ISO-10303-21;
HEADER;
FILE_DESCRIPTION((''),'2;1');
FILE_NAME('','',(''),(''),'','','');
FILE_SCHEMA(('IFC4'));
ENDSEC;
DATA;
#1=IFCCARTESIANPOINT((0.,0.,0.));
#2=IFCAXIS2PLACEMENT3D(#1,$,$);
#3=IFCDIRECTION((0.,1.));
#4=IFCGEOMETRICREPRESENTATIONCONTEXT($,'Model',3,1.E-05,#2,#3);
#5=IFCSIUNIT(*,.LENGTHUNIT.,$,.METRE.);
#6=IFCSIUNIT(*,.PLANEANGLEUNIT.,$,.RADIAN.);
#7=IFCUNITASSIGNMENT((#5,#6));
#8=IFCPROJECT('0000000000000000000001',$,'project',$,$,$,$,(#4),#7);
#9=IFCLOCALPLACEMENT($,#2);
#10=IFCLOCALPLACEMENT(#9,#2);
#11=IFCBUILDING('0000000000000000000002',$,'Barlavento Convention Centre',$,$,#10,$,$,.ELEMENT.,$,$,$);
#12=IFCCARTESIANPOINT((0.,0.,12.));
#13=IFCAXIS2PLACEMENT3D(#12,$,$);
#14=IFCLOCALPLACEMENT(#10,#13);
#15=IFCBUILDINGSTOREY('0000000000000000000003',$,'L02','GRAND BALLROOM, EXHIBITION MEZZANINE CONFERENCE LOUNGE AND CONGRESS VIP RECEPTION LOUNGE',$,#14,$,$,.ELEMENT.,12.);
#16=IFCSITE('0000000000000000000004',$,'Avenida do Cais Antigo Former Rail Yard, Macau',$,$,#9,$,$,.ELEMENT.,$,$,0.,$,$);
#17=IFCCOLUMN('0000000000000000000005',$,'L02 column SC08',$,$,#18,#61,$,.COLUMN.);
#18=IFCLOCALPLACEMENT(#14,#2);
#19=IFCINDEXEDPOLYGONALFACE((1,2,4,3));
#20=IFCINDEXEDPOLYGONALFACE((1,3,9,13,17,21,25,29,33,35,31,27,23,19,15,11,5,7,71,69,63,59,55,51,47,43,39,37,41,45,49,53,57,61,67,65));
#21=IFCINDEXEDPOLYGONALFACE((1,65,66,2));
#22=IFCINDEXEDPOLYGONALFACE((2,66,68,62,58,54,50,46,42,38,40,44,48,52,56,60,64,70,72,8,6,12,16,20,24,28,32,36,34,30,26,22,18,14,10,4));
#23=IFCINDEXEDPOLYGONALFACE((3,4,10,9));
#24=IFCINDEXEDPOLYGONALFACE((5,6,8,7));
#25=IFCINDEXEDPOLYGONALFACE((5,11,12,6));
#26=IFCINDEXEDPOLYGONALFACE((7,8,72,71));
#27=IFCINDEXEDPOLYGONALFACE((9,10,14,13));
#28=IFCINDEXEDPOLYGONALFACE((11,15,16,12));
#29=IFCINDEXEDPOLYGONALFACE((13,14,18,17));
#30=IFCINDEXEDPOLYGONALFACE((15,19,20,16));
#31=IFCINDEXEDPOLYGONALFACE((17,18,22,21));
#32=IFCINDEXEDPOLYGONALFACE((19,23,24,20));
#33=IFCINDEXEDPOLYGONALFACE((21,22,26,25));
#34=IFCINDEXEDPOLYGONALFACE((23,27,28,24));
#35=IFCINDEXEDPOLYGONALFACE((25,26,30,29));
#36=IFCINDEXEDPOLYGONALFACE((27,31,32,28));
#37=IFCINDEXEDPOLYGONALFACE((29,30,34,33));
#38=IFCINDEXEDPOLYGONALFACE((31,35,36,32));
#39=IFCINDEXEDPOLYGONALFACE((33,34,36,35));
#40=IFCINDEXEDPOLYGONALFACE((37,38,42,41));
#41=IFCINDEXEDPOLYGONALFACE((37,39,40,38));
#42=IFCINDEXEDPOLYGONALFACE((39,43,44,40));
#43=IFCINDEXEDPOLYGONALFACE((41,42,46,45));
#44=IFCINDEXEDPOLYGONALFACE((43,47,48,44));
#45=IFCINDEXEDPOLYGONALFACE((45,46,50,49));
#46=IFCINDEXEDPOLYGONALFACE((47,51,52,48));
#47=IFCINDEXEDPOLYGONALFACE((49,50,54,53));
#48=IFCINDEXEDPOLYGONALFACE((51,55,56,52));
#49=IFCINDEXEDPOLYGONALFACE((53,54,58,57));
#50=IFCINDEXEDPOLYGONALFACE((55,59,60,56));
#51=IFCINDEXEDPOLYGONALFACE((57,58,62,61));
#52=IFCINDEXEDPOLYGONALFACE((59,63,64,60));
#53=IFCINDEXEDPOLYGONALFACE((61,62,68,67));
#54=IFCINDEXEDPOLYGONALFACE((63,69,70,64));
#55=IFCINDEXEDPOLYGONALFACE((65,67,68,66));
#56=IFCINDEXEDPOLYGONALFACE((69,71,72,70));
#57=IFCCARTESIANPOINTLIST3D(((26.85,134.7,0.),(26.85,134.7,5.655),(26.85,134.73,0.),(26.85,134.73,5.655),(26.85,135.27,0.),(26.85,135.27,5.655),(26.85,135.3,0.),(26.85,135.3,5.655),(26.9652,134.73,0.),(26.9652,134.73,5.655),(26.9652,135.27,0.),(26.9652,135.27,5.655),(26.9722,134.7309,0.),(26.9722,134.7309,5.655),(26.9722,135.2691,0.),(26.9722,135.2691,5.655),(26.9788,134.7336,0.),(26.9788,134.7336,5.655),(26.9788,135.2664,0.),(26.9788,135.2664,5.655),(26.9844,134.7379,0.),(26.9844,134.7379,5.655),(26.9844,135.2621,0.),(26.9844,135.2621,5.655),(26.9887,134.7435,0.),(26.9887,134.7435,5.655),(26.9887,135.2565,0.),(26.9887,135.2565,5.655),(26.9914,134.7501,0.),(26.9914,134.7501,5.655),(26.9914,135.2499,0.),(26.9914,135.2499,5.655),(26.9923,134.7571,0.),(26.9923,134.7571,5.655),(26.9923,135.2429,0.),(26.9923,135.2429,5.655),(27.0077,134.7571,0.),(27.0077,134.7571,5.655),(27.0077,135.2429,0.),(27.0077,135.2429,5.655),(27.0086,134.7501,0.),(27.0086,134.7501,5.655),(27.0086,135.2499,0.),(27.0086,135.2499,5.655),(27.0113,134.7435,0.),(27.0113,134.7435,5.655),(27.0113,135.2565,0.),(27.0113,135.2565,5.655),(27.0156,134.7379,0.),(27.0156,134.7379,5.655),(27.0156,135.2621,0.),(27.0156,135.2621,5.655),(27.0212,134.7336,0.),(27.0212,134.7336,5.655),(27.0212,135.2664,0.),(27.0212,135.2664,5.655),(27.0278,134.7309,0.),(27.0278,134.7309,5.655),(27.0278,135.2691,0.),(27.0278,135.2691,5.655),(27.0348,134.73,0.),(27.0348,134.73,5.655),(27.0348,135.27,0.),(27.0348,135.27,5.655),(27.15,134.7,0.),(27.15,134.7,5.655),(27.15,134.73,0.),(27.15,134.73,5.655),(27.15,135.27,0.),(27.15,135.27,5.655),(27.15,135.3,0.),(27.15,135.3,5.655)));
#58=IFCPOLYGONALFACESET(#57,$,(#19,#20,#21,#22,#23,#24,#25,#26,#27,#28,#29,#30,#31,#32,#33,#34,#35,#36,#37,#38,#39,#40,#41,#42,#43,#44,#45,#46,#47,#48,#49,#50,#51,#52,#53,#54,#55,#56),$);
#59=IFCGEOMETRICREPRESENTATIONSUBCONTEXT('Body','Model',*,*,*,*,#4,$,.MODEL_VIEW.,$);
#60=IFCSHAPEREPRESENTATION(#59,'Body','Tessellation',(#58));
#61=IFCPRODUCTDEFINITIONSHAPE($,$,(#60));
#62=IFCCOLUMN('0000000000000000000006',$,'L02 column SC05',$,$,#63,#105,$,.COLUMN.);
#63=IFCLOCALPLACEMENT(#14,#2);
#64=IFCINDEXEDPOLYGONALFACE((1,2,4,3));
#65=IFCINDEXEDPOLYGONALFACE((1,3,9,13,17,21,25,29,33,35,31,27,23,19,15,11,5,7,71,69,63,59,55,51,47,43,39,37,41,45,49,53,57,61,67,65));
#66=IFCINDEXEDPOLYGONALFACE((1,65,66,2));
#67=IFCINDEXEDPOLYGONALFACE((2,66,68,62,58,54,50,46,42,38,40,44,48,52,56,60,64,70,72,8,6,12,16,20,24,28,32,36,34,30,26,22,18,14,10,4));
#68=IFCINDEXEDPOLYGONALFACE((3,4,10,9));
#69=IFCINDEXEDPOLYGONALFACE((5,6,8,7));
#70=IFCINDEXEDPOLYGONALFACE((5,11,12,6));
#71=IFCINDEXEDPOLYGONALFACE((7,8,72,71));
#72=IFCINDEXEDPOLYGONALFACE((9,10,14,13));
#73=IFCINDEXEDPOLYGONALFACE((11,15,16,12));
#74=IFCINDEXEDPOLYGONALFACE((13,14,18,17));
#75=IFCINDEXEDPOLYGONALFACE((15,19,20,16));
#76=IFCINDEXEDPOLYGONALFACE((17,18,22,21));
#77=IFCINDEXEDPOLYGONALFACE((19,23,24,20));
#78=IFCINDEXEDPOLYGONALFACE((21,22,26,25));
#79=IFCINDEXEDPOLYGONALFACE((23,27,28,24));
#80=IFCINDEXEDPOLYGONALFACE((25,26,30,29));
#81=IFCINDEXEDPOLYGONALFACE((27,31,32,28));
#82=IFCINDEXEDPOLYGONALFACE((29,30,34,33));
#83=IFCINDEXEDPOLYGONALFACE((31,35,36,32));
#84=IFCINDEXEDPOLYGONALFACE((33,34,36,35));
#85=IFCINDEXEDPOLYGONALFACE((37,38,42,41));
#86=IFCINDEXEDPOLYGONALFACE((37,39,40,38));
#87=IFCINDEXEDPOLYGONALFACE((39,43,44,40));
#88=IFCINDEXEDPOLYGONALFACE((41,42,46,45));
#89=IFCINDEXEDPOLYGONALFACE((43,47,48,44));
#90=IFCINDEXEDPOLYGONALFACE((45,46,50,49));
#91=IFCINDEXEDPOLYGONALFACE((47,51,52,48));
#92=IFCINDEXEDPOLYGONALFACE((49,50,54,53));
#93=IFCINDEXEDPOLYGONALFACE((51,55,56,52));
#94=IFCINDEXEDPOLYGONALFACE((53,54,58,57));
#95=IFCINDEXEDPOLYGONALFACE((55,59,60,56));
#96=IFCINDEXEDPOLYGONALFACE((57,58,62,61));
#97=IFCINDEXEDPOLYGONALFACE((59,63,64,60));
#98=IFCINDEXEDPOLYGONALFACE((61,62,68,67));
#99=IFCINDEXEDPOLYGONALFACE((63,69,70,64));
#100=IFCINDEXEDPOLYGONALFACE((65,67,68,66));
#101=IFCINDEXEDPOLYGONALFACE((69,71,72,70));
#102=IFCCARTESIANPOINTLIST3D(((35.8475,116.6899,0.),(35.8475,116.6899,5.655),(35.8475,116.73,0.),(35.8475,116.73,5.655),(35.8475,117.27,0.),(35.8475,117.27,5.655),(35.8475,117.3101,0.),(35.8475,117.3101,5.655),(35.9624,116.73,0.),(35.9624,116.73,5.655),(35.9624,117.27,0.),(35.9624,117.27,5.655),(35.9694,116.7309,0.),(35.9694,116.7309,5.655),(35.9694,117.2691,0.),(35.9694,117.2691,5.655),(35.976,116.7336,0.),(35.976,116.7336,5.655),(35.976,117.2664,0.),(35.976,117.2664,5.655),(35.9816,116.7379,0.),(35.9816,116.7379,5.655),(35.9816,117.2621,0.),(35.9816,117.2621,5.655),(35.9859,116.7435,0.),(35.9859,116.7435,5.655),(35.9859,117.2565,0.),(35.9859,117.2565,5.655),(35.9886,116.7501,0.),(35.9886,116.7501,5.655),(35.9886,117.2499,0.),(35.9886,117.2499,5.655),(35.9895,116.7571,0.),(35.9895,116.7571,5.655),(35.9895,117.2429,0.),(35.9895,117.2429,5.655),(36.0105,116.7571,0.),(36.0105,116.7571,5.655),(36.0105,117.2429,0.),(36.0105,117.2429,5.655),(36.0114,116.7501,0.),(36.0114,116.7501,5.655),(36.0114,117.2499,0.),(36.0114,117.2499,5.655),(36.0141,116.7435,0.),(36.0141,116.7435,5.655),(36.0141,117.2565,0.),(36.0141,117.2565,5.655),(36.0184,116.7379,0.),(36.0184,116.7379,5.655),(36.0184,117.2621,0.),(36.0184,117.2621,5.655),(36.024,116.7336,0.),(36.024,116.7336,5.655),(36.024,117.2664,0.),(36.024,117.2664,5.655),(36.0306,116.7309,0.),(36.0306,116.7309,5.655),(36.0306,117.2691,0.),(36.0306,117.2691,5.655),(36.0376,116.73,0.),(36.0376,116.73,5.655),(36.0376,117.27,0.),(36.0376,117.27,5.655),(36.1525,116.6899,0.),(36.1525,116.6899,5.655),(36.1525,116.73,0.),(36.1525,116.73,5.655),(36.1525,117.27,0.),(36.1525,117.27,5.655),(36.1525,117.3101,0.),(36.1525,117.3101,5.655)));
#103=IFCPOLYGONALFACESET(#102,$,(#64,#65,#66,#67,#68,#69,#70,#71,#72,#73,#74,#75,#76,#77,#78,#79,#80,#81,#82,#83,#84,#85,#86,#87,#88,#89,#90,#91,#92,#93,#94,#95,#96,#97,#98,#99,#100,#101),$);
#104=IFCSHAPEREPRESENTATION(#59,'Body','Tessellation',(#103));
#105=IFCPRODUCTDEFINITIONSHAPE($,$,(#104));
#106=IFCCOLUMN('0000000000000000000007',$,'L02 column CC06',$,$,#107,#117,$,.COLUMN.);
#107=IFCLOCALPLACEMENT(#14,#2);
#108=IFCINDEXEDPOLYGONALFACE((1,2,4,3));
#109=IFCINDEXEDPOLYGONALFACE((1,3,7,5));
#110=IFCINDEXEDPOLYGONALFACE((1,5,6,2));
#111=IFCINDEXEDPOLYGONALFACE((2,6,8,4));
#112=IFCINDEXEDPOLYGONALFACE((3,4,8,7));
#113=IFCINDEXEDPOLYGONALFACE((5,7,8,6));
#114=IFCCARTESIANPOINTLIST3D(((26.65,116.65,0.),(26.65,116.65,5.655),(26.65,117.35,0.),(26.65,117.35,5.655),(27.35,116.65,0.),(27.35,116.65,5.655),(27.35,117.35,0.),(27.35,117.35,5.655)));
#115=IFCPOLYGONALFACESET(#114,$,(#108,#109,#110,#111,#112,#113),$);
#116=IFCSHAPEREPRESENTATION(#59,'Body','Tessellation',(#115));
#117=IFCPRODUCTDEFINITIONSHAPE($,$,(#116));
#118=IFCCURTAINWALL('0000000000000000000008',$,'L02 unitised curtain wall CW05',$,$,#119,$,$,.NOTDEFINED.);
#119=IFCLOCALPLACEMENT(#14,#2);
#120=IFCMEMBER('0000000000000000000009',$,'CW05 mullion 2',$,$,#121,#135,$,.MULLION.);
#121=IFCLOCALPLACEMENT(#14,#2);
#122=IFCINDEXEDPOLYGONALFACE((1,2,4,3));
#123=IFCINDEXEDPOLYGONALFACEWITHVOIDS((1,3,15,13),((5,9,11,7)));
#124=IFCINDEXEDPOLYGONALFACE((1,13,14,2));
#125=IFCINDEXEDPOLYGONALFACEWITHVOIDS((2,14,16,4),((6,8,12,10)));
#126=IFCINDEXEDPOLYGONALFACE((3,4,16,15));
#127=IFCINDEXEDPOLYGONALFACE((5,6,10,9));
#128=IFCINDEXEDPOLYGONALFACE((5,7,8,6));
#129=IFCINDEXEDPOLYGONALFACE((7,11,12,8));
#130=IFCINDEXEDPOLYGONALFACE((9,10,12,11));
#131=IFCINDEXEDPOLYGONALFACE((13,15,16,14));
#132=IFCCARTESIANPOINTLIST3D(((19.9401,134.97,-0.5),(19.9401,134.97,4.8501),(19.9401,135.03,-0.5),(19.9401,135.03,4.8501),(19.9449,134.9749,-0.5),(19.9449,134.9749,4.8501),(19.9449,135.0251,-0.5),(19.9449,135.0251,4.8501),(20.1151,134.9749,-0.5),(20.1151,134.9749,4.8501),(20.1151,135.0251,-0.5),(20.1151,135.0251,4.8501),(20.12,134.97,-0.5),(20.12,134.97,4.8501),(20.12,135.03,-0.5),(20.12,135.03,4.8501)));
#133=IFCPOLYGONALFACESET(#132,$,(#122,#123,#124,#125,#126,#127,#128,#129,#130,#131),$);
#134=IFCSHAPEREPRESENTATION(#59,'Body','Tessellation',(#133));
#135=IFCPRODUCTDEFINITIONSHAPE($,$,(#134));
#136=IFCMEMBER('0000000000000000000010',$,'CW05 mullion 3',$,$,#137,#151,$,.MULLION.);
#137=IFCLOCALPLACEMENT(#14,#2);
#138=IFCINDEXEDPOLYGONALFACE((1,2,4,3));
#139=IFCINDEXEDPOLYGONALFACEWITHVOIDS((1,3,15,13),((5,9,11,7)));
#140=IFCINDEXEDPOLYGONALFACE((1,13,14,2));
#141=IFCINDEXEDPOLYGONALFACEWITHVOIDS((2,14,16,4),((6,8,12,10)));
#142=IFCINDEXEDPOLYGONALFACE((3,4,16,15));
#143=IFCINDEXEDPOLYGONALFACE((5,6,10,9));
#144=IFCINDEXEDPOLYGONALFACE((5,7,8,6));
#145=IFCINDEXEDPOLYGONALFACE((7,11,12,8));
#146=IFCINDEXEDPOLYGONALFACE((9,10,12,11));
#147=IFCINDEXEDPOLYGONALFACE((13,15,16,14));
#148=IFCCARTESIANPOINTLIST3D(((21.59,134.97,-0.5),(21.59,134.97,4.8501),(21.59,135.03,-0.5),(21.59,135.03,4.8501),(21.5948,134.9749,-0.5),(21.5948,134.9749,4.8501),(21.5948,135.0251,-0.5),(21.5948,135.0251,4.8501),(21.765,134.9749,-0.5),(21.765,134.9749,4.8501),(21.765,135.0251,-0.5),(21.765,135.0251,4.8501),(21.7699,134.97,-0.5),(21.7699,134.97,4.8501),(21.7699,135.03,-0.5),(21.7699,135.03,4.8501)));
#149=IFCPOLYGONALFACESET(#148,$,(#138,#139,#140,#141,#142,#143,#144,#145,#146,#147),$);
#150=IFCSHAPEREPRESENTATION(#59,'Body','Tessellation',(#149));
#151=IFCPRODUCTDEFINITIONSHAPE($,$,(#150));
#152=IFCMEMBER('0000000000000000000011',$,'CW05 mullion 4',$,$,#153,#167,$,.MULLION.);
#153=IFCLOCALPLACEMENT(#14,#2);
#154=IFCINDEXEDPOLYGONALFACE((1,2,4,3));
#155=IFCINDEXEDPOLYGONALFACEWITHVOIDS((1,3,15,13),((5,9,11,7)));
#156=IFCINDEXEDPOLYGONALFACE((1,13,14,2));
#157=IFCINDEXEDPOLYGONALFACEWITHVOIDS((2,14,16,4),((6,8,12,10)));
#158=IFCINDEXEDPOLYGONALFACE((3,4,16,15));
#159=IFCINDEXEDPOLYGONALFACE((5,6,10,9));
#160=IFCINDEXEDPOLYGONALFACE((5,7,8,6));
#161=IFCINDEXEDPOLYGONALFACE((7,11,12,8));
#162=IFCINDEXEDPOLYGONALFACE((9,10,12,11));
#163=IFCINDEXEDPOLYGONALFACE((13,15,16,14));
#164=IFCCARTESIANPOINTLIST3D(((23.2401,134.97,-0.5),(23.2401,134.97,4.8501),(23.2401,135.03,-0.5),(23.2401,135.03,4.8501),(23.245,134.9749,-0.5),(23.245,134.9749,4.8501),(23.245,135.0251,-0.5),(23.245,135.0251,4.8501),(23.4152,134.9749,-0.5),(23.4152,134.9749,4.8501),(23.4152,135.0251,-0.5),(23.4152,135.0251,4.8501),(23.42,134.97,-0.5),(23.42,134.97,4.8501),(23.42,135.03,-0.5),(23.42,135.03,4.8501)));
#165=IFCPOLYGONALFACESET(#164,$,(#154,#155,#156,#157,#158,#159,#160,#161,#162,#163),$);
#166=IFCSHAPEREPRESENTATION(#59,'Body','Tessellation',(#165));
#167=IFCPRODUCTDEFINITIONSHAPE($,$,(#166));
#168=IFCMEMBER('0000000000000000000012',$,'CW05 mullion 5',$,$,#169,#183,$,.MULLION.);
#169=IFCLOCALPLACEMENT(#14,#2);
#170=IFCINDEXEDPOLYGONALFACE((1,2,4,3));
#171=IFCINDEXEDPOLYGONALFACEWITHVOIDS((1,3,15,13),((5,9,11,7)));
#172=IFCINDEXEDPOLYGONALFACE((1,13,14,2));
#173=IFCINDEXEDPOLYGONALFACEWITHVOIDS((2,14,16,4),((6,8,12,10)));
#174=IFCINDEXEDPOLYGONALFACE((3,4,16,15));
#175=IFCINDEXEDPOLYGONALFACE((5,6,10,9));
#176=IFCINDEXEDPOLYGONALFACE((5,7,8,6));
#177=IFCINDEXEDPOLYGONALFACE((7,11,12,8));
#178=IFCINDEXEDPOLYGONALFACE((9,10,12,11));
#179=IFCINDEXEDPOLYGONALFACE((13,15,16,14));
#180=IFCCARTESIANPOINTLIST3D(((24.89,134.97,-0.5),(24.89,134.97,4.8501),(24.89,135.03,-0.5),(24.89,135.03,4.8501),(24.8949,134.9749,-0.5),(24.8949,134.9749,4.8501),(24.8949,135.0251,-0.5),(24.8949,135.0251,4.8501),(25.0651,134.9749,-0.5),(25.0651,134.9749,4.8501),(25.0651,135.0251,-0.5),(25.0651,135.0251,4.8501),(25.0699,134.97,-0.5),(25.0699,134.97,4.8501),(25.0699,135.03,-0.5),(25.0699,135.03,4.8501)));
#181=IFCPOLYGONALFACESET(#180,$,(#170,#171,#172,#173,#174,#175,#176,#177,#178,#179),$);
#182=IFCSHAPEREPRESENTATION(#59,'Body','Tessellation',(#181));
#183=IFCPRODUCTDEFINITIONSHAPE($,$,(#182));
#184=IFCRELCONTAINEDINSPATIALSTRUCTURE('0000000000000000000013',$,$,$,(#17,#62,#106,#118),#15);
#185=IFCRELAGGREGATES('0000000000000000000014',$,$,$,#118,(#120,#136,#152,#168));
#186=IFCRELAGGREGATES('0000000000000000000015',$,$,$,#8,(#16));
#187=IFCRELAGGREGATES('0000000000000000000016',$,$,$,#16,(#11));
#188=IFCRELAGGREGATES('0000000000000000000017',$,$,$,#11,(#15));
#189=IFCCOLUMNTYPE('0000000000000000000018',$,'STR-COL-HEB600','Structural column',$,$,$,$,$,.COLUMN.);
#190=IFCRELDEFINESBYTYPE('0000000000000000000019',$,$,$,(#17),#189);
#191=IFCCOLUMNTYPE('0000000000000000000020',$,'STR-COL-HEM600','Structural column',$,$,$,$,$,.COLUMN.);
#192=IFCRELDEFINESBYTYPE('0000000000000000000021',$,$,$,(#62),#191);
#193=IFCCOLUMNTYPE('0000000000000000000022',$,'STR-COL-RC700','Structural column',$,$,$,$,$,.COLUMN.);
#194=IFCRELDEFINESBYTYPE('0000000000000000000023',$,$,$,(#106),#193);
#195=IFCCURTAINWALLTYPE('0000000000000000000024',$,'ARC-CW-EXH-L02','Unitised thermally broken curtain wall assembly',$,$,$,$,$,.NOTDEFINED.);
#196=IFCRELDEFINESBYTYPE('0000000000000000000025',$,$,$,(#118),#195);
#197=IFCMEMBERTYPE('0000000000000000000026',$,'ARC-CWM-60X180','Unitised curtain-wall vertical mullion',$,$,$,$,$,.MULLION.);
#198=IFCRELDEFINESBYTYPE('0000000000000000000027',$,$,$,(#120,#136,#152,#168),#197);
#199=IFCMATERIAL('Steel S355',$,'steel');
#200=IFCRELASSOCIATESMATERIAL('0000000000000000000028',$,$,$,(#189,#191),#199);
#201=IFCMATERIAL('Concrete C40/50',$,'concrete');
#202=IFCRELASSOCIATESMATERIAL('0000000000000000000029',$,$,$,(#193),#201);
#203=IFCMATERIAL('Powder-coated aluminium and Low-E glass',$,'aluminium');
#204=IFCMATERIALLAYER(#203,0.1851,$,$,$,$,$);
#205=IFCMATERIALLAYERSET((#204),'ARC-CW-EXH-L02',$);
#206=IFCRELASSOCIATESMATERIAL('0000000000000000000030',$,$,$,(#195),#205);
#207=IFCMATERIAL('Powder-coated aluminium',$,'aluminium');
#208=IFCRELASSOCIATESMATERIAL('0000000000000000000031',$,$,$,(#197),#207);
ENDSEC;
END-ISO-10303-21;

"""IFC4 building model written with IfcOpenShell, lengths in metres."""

from ifc_helpers import new_model, si_unit, direction, frame, origin, origin_2d, place, context, subcontext, project, spatial, rectangle, hollow_rectangle, i_section, extrude, material, layer, layer_set, material_profile, profile_set, type_object, element, aggregate, save


model = new_model("IFC4")

# Units and contexts
model_context = context("Model", 3, precision=1e-05, world=origin(), true_north=direction((0.0, 1.0)))
body_context = subcontext(model_context, "Body", "Model", "MODEL_VIEW")
ifc_project = project(units=[si_unit("LENGTHUNIT", "METRE"), si_unit("PLANEANGLEUNIT", "RADIAN")], contexts=[model_context])

# Site, building, storey
site_placement = place(None, origin())
site = spatial("IfcSite", under=ifc_project, at=site_placement, Name="Avenida do Cais Antigo Former Rail Yard, Macau", CompositionType="ELEMENT", RefElevation=0.0)
building_placement = place(site_placement, origin())
building = spatial("IfcBuilding", under=site, at=building_placement, Name="Barlavento Convention Centre", CompositionType="ELEMENT")
storey_placement = place(building_placement, frame((0.0, 0.0, 12.0)))
storey = spatial("IfcBuildingStorey", under=building, at=storey_placement, Name="L02", Description="GRAND BALLROOM, EXHIBITION MEZZANINE CONFERENCE LOUNGE AND CONGRESS VIP RECEPTION LOUNGE", CompositionType="ELEMENT", Elevation=12.0)

# Columns
ifc_material_1 = material(Name="Steel S355", Category="steel")
ifc_material_profile_1 = material_profile(ifc_material_1, i_section(OverallWidth=0.3, OverallDepth=0.6001, WebThickness=0.0154, FlangeThickness=0.03, FilletRadius=0.0271, at=origin_2d()), Name="HEB 600")
ifc_profile_set_1 = profile_set([ifc_material_profile_1], Name="Steel S355")
column_type_1 = type_object("IfcColumnType", Name="STR-COL-HEB600", Description="Structural column", PredefinedType="COLUMN", material=ifc_profile_set_1)
column_1_placement = place(storey_placement, frame((27.0, 135.0, 0.0), z_axis=(0.0, 0.0, 1.0), x_axis=(1.0, 0.0, 0.0)))
element("IfcColumn", 1, at=column_1_placement, inside=storey, type_object=column_type_1, Name="L02 column SC08", PredefinedType="COLUMN", context=body_context, shape_type="SweptSolid", body=[
    extrude(i_section(OverallWidth=0.3, OverallDepth=0.6001, WebThickness=0.0154, FlangeThickness=0.03, FilletRadius=0.0271, at=origin_2d()), origin(), (0.0, 0.0, 1.0), 5.655),
])
ifc_material_profile_2 = material_profile(ifc_material_1, i_section(OverallWidth=0.3049, OverallDepth=0.6201, WebThickness=0.021, FlangeThickness=0.04, FilletRadius=0.0271, at=origin_2d()), Name="HEM 600")
ifc_profile_set_2 = profile_set([ifc_material_profile_2], Name="Steel S355")
column_type_2 = type_object("IfcColumnType", Name="STR-COL-HEM600", Description="Structural column", PredefinedType="COLUMN", material=ifc_profile_set_2)
column_2_placement = place(storey_placement, frame((36.0, 117.0, 0.0), z_axis=(0.0, 0.0, 1.0), x_axis=(1.0, 0.0, 0.0)))
element("IfcColumn", 2, at=column_2_placement, inside=storey, type_object=column_type_2, Name="L02 column SC05", PredefinedType="COLUMN", context=body_context, shape_type="SweptSolid", body=[
    extrude(i_section(OverallWidth=0.3049, OverallDepth=0.6201, WebThickness=0.021, FlangeThickness=0.04, FilletRadius=0.0271, at=origin_2d()), origin(), (0.0, 0.0, 1.0), 5.655),
])
ifc_material_2 = material(Name="Concrete C40/50", Category="concrete")
ifc_material_profile_3 = material_profile(ifc_material_2, rectangle(XDim=0.7, YDim=0.7, at=origin_2d()), Name="RC 700x700")
ifc_profile_set_3 = profile_set([ifc_material_profile_3], Name="Concrete C40/50")
column_type_3 = type_object("IfcColumnType", Name="STR-COL-RC700", Description="Structural column", PredefinedType="COLUMN", material=ifc_profile_set_3)
column_3_placement = place(storey_placement, frame((27.0, 117.0, 0.0), z_axis=(0.0, 0.0, 1.0), x_axis=(1.0, 0.0, 0.0)))
element("IfcColumn", 3, at=column_3_placement, inside=storey, type_object=column_type_3, Name="L02 column CC06", PredefinedType="COLUMN", context=body_context, shape_type="SweptSolid", body=[
    extrude(rectangle(XDim=0.7, YDim=0.7, at=origin_2d()), origin(), (0.0, 0.0, 1.0), 5.655),
])

# Curtain wall, members
ifc_material_3 = material(Name="Powder-coated aluminium and Low-E glass", Category="aluminium")
ifc_layer_1 = layer(ifc_material_3, 0.1851)
ifc_layer_set_1 = layer_set([ifc_layer_1], Name="ARC-CW-EXH-L02")
curtain_wall_type = type_object("IfcCurtainWallType", Name="ARC-CW-EXH-L02", Description="Unitised thermally broken curtain wall assembly", PredefinedType="NOTDEFINED", material=ifc_layer_set_1)
curtain_wall_1_placement = place(storey_placement, origin())
curtain_wall_1 = element("IfcCurtainWall", 4, at=curtain_wall_1_placement, inside=storey, type_object=curtain_wall_type, Name="L02 unitised curtain wall CW05", PredefinedType="NOTDEFINED")
ifc_material_4 = material(Name="Powder-coated aluminium", Category="aluminium")
ifc_material_profile_4 = material_profile(ifc_material_4, hollow_rectangle(XDim=0.0601, YDim=0.1799, WallThickness=0.0049, at=origin_2d()), Name="AL-MULL 60x180x5")
ifc_profile_set_4 = profile_set([ifc_material_profile_4], Name="Powder-coated aluminium")
member_type_1 = type_object("IfcMemberType", Name="ARC-CWM-60X180", Description="Unitised curtain-wall vertical mullion", PredefinedType="MULLION", material=ifc_profile_set_4)
member_1_placement = place(storey_placement, frame((20.03, 135.0, -0.5), z_axis=(0.0, 0.0, 1.0), x_axis=(0.0, 1.0, 0.0)))
member_1 = element("IfcMember", 5, at=member_1_placement, type_object=member_type_1, Name="CW05 mullion 2", PredefinedType="MULLION", context=body_context, shape_type="SweptSolid", body=[
    extrude(hollow_rectangle(XDim=0.0601, YDim=0.1799, WallThickness=0.0049, at=origin_2d()), origin(), (0.0, 0.0, 1.0), 5.3501),
])
member_2_placement = place(storey_placement, frame((21.6799, 135.0, -0.5), z_axis=(0.0, 0.0, 1.0), x_axis=(0.0, 1.0, 0.0)))
member_2 = element("IfcMember", 6, at=member_2_placement, type_object=member_type_1, Name="CW05 mullion 3", PredefinedType="MULLION", context=body_context, shape_type="SweptSolid", body=[
    extrude(hollow_rectangle(XDim=0.0601, YDim=0.1799, WallThickness=0.0049, at=origin_2d()), origin(), (0.0, 0.0, 1.0), 5.3501),
])
member_3_placement = place(storey_placement, frame((23.3301, 135.0, -0.5), z_axis=(0.0, 0.0, 1.0), x_axis=(0.0, 1.0, 0.0)))
member_3 = element("IfcMember", 7, at=member_3_placement, type_object=member_type_1, Name="CW05 mullion 4", PredefinedType="MULLION", context=body_context, shape_type="SweptSolid", body=[
    extrude(hollow_rectangle(XDim=0.0601, YDim=0.1799, WallThickness=0.0049, at=origin_2d()), origin(), (0.0, 0.0, 1.0), 5.3501),
])
member_4_placement = place(storey_placement, frame((24.98, 135.0, -0.5), z_axis=(0.0, 0.0, 1.0), x_axis=(0.0, 1.0, 0.0)))
member_4 = element("IfcMember", 8, at=member_4_placement, type_object=member_type_1, Name="CW05 mullion 5", PredefinedType="MULLION", context=body_context, shape_type="SweptSolid", body=[
    extrude(hollow_rectangle(XDim=0.0601, YDim=0.1799, WallThickness=0.0049, at=origin_2d()), origin(), (0.0, 0.0, 1.0), 5.3501),
])

aggregate(curtain_wall_1, [member_1, member_2, member_3, member_4])

save(model, "model.ifc")
